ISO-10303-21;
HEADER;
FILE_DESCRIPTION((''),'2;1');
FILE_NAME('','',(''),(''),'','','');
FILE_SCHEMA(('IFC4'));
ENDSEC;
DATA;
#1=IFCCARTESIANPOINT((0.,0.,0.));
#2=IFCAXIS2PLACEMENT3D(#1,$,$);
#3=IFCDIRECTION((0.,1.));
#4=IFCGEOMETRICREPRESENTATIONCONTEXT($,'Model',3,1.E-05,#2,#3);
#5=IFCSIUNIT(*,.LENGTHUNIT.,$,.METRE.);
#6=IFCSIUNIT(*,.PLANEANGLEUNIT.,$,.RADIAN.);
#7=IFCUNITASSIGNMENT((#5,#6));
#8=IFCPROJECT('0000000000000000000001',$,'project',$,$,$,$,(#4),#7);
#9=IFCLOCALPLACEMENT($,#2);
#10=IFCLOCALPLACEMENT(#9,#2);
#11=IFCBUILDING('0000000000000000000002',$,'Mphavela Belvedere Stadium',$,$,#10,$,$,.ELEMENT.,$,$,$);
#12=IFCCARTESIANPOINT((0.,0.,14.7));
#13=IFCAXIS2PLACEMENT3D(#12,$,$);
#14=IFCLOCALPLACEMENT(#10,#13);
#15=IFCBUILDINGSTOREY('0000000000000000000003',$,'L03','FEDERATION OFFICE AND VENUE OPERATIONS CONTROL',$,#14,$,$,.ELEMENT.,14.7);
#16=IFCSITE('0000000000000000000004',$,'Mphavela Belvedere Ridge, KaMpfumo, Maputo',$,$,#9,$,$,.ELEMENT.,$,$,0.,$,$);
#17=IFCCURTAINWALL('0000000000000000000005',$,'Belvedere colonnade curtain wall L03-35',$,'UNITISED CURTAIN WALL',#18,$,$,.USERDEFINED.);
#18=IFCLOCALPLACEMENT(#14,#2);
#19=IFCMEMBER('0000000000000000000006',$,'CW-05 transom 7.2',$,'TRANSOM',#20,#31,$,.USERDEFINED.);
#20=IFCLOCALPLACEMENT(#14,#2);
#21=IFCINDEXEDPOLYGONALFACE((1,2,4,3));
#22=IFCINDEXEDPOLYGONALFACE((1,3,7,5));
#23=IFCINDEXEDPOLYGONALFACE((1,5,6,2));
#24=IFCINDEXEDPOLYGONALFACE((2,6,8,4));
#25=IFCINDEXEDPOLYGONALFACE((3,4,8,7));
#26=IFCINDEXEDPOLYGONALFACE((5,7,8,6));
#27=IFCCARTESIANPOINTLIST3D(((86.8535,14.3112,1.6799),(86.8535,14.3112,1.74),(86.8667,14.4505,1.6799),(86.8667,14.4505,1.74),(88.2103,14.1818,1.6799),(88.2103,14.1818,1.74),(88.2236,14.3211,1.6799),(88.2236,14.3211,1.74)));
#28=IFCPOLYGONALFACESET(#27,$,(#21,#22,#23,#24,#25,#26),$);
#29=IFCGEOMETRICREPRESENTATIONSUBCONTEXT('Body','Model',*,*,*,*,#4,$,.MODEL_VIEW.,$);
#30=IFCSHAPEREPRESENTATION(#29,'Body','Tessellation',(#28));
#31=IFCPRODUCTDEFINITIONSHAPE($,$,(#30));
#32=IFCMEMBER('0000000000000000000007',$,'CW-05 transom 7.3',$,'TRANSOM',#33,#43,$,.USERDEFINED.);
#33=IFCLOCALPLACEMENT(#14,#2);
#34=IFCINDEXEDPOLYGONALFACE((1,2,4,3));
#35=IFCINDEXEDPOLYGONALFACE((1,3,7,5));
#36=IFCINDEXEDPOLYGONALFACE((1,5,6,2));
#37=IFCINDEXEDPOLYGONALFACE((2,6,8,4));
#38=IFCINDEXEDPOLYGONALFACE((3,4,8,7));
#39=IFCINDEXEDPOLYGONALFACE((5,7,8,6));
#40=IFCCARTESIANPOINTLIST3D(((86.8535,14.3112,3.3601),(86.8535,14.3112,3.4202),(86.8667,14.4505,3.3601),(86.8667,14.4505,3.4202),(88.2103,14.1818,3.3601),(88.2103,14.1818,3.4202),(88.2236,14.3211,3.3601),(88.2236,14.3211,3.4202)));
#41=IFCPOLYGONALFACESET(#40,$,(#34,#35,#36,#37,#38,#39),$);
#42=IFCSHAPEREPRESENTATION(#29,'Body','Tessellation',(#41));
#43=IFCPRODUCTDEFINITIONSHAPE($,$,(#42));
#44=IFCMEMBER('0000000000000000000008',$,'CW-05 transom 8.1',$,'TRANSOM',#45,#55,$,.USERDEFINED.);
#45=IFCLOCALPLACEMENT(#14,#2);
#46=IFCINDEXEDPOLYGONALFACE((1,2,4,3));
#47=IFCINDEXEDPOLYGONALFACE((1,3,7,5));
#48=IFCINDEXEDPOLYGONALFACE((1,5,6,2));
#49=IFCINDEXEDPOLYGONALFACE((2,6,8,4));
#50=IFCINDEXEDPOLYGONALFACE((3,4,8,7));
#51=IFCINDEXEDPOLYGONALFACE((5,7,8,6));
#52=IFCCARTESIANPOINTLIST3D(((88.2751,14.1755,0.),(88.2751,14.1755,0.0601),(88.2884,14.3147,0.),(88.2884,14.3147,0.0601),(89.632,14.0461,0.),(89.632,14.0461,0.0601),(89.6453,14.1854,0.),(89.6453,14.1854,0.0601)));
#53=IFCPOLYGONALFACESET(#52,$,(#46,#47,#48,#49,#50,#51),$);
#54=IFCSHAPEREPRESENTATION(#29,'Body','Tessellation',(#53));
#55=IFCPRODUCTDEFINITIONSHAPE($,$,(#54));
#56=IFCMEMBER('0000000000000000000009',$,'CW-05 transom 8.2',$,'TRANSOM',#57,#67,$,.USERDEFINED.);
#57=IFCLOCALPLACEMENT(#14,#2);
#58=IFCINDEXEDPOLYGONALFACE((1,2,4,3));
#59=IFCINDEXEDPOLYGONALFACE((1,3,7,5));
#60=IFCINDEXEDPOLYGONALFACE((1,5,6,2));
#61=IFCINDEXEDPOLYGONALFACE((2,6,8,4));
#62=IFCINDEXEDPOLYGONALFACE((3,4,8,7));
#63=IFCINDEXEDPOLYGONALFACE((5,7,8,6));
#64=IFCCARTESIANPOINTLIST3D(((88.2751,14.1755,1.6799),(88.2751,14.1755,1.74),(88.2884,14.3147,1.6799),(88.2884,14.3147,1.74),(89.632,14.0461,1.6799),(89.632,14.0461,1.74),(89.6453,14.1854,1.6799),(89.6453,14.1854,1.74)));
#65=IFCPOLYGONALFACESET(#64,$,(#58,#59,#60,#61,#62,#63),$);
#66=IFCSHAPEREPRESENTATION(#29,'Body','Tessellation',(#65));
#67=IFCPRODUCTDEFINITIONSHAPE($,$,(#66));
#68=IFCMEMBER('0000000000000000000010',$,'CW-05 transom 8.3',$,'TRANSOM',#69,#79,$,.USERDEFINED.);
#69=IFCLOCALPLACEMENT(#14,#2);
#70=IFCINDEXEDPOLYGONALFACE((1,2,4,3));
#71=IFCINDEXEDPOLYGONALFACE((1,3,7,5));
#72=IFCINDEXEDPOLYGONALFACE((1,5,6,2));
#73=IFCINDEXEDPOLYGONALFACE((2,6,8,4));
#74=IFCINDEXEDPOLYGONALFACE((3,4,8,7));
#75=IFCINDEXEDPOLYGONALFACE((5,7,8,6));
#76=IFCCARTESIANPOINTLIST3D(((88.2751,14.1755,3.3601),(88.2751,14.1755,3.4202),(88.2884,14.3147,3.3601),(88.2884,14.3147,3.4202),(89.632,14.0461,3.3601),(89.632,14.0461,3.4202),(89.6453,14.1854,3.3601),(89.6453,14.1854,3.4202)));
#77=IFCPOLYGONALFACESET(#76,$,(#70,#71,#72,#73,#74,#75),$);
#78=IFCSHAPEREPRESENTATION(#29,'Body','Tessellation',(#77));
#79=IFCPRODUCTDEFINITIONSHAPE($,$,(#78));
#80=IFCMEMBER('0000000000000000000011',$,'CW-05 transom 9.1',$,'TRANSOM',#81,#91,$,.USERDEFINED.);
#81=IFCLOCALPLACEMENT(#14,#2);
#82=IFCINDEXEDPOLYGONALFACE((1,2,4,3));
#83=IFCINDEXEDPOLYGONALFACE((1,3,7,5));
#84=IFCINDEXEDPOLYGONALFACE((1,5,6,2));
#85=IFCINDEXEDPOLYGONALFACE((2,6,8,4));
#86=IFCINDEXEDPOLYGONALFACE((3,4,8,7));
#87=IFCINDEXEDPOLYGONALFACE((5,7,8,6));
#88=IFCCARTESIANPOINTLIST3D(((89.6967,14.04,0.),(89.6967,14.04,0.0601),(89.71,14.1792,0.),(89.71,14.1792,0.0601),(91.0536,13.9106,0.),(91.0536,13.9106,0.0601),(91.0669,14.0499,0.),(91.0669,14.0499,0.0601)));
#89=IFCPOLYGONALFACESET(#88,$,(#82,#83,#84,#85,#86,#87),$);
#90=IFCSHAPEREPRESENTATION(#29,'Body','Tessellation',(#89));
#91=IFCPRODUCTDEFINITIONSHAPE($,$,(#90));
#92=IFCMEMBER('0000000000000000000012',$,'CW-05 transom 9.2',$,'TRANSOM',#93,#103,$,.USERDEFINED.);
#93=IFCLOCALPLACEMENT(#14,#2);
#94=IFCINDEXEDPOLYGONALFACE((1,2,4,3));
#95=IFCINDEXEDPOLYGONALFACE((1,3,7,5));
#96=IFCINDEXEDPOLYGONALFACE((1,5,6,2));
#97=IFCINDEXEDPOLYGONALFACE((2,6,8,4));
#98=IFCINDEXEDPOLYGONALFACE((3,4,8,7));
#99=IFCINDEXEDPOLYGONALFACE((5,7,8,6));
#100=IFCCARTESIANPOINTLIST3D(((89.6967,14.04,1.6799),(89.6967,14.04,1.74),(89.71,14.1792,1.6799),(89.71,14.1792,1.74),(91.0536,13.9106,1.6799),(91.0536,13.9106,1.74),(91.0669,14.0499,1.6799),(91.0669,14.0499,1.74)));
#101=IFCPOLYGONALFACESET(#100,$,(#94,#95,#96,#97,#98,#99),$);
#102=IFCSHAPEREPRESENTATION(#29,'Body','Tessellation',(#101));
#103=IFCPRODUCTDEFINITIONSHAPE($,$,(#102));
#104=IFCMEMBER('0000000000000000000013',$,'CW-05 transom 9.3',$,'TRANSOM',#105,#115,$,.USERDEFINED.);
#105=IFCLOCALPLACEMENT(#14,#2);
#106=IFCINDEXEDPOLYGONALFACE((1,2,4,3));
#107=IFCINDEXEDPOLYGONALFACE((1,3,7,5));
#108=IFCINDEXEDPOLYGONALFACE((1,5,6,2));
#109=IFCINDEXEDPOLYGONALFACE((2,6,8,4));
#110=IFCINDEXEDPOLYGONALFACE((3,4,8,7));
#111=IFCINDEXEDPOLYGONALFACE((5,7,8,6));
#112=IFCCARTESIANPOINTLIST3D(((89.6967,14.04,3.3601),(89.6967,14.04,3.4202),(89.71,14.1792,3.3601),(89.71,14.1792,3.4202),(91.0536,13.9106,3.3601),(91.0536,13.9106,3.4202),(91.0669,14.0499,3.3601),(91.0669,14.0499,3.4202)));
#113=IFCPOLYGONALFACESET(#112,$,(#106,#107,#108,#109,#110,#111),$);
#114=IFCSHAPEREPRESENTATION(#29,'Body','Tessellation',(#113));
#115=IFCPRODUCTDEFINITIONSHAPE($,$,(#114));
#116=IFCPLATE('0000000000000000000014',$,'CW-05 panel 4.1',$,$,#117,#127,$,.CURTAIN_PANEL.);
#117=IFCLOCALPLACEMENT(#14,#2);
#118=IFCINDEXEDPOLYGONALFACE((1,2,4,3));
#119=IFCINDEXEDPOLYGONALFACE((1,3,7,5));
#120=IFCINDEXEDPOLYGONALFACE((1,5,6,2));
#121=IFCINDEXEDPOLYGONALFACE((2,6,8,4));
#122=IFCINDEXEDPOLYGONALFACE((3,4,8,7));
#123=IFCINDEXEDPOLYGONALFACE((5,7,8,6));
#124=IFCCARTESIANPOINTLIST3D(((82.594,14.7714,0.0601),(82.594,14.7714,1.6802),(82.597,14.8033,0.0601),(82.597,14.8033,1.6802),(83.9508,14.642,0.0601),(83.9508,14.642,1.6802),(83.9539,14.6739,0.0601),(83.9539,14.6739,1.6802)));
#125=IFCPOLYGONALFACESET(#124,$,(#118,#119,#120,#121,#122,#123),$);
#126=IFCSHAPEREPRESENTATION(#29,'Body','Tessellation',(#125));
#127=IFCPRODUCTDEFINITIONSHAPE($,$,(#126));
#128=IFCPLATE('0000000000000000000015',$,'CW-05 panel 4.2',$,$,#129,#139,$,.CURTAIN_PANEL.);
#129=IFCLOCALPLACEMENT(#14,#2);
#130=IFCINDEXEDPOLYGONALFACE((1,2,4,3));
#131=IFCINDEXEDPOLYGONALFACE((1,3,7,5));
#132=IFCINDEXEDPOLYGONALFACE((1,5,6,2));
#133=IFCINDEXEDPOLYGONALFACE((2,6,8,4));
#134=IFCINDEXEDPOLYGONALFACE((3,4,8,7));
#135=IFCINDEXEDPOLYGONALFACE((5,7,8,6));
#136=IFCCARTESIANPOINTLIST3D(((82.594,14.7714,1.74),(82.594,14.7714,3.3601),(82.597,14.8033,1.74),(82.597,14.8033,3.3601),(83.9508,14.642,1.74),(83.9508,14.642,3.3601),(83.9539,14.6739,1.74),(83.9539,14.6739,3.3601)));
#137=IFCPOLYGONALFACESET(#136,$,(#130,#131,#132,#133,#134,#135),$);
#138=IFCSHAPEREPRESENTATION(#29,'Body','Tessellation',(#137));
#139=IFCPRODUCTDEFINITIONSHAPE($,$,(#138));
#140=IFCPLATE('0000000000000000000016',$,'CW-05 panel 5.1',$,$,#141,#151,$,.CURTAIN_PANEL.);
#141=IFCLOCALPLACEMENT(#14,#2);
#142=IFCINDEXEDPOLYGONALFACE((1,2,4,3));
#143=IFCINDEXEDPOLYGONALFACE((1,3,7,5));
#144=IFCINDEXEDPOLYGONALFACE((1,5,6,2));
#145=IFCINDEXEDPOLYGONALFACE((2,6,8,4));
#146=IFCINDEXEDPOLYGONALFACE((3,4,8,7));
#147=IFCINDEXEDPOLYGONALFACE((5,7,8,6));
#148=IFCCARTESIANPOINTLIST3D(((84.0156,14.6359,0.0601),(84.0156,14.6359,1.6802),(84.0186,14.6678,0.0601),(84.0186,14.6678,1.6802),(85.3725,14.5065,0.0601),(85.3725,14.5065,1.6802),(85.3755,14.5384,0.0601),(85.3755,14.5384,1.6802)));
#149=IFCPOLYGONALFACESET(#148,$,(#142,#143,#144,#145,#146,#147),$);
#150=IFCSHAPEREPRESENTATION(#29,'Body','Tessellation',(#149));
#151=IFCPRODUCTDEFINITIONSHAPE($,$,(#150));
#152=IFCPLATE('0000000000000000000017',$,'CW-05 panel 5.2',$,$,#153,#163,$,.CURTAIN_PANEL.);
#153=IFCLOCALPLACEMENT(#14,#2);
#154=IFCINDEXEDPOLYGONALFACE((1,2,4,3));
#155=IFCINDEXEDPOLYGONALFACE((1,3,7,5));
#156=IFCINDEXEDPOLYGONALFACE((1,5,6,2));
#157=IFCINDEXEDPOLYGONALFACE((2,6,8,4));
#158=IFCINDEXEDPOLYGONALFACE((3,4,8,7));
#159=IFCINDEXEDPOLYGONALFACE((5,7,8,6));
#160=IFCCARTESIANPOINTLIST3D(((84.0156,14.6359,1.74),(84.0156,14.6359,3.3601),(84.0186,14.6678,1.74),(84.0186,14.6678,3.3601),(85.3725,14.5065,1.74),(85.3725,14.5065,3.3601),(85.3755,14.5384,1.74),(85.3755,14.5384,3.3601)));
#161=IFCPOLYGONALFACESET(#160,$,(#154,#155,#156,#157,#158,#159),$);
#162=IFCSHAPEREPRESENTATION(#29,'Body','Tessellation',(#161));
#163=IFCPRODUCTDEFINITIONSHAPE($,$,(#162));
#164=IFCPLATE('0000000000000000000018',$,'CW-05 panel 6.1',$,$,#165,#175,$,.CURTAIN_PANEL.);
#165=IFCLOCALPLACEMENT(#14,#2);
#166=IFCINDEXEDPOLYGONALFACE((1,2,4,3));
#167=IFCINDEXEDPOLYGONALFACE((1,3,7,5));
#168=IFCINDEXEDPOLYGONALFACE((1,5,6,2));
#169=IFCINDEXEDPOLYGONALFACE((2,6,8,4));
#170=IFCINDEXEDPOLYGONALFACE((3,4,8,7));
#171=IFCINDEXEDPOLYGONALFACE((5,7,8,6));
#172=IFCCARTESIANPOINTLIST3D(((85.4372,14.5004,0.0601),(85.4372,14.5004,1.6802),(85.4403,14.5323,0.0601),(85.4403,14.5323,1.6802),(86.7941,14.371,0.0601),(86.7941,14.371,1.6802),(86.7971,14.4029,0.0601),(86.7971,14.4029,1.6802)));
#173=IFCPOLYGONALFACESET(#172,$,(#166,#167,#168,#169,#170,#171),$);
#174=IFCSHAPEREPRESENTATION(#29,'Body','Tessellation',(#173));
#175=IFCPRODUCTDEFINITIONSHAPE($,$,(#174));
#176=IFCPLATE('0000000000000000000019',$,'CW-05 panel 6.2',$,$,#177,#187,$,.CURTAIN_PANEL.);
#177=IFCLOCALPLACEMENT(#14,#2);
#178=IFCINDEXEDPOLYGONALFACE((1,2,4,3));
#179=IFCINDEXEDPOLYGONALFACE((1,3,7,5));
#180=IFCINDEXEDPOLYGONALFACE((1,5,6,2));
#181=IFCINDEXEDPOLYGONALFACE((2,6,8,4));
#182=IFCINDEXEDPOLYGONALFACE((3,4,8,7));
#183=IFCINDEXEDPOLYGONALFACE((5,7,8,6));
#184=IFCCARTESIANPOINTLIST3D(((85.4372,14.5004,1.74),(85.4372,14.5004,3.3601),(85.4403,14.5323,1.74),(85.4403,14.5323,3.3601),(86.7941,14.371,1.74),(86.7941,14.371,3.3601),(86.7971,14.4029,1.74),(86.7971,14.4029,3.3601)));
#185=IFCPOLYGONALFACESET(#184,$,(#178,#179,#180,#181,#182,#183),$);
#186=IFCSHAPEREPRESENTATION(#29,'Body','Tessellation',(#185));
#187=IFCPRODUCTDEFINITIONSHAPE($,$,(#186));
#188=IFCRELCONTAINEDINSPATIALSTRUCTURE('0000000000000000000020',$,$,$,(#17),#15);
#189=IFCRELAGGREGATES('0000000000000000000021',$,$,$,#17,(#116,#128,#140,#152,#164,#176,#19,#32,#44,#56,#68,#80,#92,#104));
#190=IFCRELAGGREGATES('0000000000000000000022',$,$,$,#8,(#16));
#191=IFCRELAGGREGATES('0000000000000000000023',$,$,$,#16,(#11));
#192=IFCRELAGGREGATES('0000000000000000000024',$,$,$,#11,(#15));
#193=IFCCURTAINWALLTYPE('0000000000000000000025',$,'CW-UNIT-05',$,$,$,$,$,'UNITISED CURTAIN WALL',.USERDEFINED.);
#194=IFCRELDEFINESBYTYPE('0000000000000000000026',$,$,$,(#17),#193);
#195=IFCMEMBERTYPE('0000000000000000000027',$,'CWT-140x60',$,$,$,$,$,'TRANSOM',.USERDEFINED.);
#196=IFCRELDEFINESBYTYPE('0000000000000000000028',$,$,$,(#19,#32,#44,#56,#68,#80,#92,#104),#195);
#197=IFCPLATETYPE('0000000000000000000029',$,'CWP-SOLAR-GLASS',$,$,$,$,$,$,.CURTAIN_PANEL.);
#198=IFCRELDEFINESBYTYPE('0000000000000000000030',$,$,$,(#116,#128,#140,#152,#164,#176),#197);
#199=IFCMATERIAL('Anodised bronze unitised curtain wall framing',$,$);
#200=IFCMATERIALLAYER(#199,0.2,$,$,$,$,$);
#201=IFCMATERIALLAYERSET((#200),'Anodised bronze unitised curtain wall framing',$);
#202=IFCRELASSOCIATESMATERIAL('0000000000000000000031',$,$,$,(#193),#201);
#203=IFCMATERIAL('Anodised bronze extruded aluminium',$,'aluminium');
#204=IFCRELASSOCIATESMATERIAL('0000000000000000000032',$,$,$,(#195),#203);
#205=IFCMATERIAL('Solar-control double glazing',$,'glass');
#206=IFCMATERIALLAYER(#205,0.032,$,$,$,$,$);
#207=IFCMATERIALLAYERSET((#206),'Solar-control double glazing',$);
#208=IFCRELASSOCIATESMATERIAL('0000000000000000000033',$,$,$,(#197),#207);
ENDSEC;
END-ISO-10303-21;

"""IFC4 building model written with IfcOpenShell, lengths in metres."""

from ifc_helpers import new_model, si_unit, direction, frame, origin, origin_2d, place, context, subcontext, project, spatial, rectangle, extrude, material, layer, layer_set, material_profile, profile_set, type_object, element, aggregate, save


model = new_model("IFC4")

# Units and contexts
model_context = context("Model", 3, precision=1e-05, world=origin(), true_north=direction((0.0, 1.0)))
body_context = subcontext(model_context, "Body", "Model", "MODEL_VIEW")
ifc_project = project(units=[si_unit("LENGTHUNIT", "METRE"), si_unit("PLANEANGLEUNIT", "RADIAN")], contexts=[model_context])

# Site, building, storey
site_placement = place(None, origin())
site = spatial("IfcSite", under=ifc_project, at=site_placement, Name="Mphavela Belvedere Ridge, KaMpfumo, Maputo", CompositionType="ELEMENT", RefElevation=0.0)
building_placement = place(site_placement, origin())
building = spatial("IfcBuilding", under=site, at=building_placement, Name="Mphavela Belvedere Stadium", CompositionType="ELEMENT")
storey_placement = place(building_placement, frame((0.0, 0.0, 14.7)))
storey = spatial("IfcBuildingStorey", under=building, at=storey_placement, Name="L03", Description="FEDERATION OFFICE AND VENUE OPERATIONS CONTROL", CompositionType="ELEMENT", Elevation=14.7)

# Curtain wall, members, plates
ifc_material_1 = material(Name="Anodised bronze unitised curtain wall framing")
ifc_layer_1 = layer(ifc_material_1, 0.2)
ifc_layer_set_1 = layer_set([ifc_layer_1], Name="Anodised bronze unitised curtain wall framing")
curtain_wall_type = type_object("IfcCurtainWallType", Name="CW-UNIT-05", ElementType="UNITISED CURTAIN WALL", PredefinedType="USERDEFINED", material=ifc_layer_set_1)
curtain_wall_placement = place(storey_placement, origin())
curtain_wall = element("IfcCurtainWall", 1, at=curtain_wall_placement, inside=storey, type_object=curtain_wall_type, Name="Belvedere colonnade curtain wall L03-35", ObjectType="UNITISED CURTAIN WALL", PredefinedType="USERDEFINED")
ifc_material_2 = material(Name="Anodised bronze extruded aluminium", Category="aluminium")
ifc_material_profile_1 = material_profile(ifc_material_2, rectangle(XDim=0.1399, YDim=0.0601, at=origin_2d()), Name="CW-TRN 140x60")
ifc_profile_set_1 = profile_set([ifc_material_profile_1], Name="Anodised bronze extruded aluminium")
member_type_1 = type_object("IfcMemberType", Name="CWT-140x60", ElementType="TRANSOM", PredefinedType="USERDEFINED", material=ifc_profile_set_1)
member_1_placement = place(storey_placement, frame((86.8601, 14.3809, 1.71), z_axis=(0.995484, -0.094927, 0.0), x_axis=(0.094927, 0.995484, 0.0)))
member_1 = element("IfcMember", 2, at=member_1_placement, type_object=member_type_1, Name="CW-05 transom 7.2", ObjectType="TRANSOM", PredefinedType="USERDEFINED", context=body_context, shape_type="SweptSolid", body=[
    extrude(rectangle(XDim=0.1399, YDim=0.0601, at=origin_2d()), origin(), (0.0, 0.0, 1.0), 1.363),
])
member_2_placement = place(storey_placement, frame((86.8601, 14.3809, 3.3901), z_axis=(0.995484, -0.094927, 0.0), x_axis=(0.094927, 0.995484, 0.0)))
member_2 = element("IfcMember", 3, at=member_2_placement, type_object=member_type_1, Name="CW-05 transom 7.3", ObjectType="TRANSOM", PredefinedType="USERDEFINED", context=body_context, shape_type="SweptSolid", body=[
    extrude(rectangle(XDim=0.1399, YDim=0.0601, at=origin_2d()), origin(), (0.0, 0.0, 1.0), 1.363),
])
member_3_placement = place(storey_placement, frame((88.2817, 14.2451, 0.03), z_axis=(0.995484, -0.094927, 0.0), x_axis=(0.094927, 0.995484, 0.0)))
member_3 = element("IfcMember", 4, at=member_3_placement, type_object=member_type_1, Name="CW-05 transom 8.1", ObjectType="TRANSOM", PredefinedType="USERDEFINED", context=body_context, shape_type="SweptSolid", body=[
    extrude(rectangle(XDim=0.1399, YDim=0.0601, at=origin_2d()), origin(), (0.0, 0.0, 1.0), 1.363),
])
member_4_placement = place(storey_placement, frame((88.2817, 14.2451, 1.71), z_axis=(0.995484, -0.094927, 0.0), x_axis=(0.094927, 0.995484, 0.0)))
member_4 = element("IfcMember", 5, at=member_4_placement, type_object=member_type_1, Name="CW-05 transom 8.2", ObjectType="TRANSOM", PredefinedType="USERDEFINED", context=body_context, shape_type="SweptSolid", body=[
    extrude(rectangle(XDim=0.1399, YDim=0.0601, at=origin_2d()), origin(), (0.0, 0.0, 1.0), 1.363),
])
member_5_placement = place(storey_placement, frame((88.2817, 14.2451, 3.3901), z_axis=(0.995484, -0.094927, 0.0), x_axis=(0.094927, 0.995484, 0.0)))
member_5 = element("IfcMember", 6, at=member_5_placement, type_object=member_type_1, Name="CW-05 transom 8.3", ObjectType="TRANSOM", PredefinedType="USERDEFINED", context=body_context, shape_type="SweptSolid", body=[
    extrude(rectangle(XDim=0.1399, YDim=0.0601, at=origin_2d()), origin(), (0.0, 0.0, 1.0), 1.363),
])
member_6_placement = place(storey_placement, frame((89.7034, 14.1096, 0.03), z_axis=(0.995484, -0.094927, 0.0), x_axis=(0.094927, 0.995484, 0.0)))
member_6 = element("IfcMember", 7, at=member_6_placement, type_object=member_type_1, Name="CW-05 transom 9.1", ObjectType="TRANSOM", PredefinedType="USERDEFINED", context=body_context, shape_type="SweptSolid", body=[
    extrude(rectangle(XDim=0.1399, YDim=0.0601, at=origin_2d()), origin(), (0.0, 0.0, 1.0), 1.363),
])
member_7_placement = place(storey_placement, frame((89.7034, 14.1096, 1.71), z_axis=(0.995484, -0.094927, 0.0), x_axis=(0.094927, 0.995484, 0.0)))
member_7 = element("IfcMember", 8, at=member_7_placement, type_object=member_type_1, Name="CW-05 transom 9.2", ObjectType="TRANSOM", PredefinedType="USERDEFINED", context=body_context, shape_type="SweptSolid", body=[
    extrude(rectangle(XDim=0.1399, YDim=0.0601, at=origin_2d()), origin(), (0.0, 0.0, 1.0), 1.363),
])
member_8_placement = place(storey_placement, frame((89.7034, 14.1096, 3.3901), z_axis=(0.995484, -0.094927, 0.0), x_axis=(0.094927, 0.995484, 0.0)))
member_8 = element("IfcMember", 9, at=member_8_placement, type_object=member_type_1, Name="CW-05 transom 9.3", ObjectType="TRANSOM", PredefinedType="USERDEFINED", context=body_context, shape_type="SweptSolid", body=[
    extrude(rectangle(XDim=0.1399, YDim=0.0601, at=origin_2d()), origin(), (0.0, 0.0, 1.0), 1.363),
])
ifc_material_3 = material(Name="Solar-control double glazing", Category="glass")
ifc_layer_2 = layer(ifc_material_3, 0.032)
ifc_layer_set_2 = layer_set([ifc_layer_2], Name="Solar-control double glazing")
plate_type = type_object("IfcPlateType", Name="CWP-SOLAR-GLASS", PredefinedType="CURTAIN_PANEL", material=ifc_layer_set_2)
plate_1_placement = place(storey_placement, frame((83.2739, 14.7227, 0.0601), z_axis=(0.0, 0.0, 1.0), x_axis=(0.995484, -0.094929, 0.0)))
plate_1 = element("IfcPlate", 10, at=plate_1_placement, type_object=plate_type, Name="CW-05 panel 4.1", PredefinedType="CURTAIN_PANEL", context=body_context, shape_type="SweptSolid", body=[
    extrude(rectangle(XDim=1.363, YDim=0.032, at=origin_2d()), origin(), (0.0, 0.0, 1.0), 1.6201),
])
plate_2_placement = place(storey_placement, frame((83.2739, 14.7227, 1.74), z_axis=(0.0, 0.0, 1.0), x_axis=(0.995484, -0.094929, 0.0)))
plate_2 = element("IfcPlate", 11, at=plate_2_placement, type_object=plate_type, Name="CW-05 panel 4.2", PredefinedType="CURTAIN_PANEL", context=body_context, shape_type="SweptSolid", body=[
    extrude(rectangle(XDim=1.363, YDim=0.032, at=origin_2d()), origin(), (0.0, 0.0, 1.0), 1.6201),
])
plate_3_placement = place(storey_placement, frame((84.6956, 14.5872, 0.0601), z_axis=(0.0, 0.0, 1.0), x_axis=(0.995484, -0.094929, 0.0)))
plate_3 = element("IfcPlate", 12, at=plate_3_placement, type_object=plate_type, Name="CW-05 panel 5.1", PredefinedType="CURTAIN_PANEL", context=body_context, shape_type="SweptSolid", body=[
    extrude(rectangle(XDim=1.363, YDim=0.032, at=origin_2d()), origin(), (0.0, 0.0, 1.0), 1.6201),
])
plate_4_placement = place(storey_placement, frame((84.6956, 14.5872, 1.74), z_axis=(0.0, 0.0, 1.0), x_axis=(0.995484, -0.094929, 0.0)))
plate_4 = element("IfcPlate", 13, at=plate_4_placement, type_object=plate_type, Name="CW-05 panel 5.2", PredefinedType="CURTAIN_PANEL", context=body_context, shape_type="SweptSolid", body=[
    extrude(rectangle(XDim=1.363, YDim=0.032, at=origin_2d()), origin(), (0.0, 0.0, 1.0), 1.6201),
])
plate_5_placement = place(storey_placement, frame((86.1172, 14.4517, 0.0601), z_axis=(0.0, 0.0, 1.0), x_axis=(0.995484, -0.094929, 0.0)))
plate_5 = element("IfcPlate", 14, at=plate_5_placement, type_object=plate_type, Name="CW-05 panel 6.1", PredefinedType="CURTAIN_PANEL", context=body_context, shape_type="SweptSolid", body=[
    extrude(rectangle(XDim=1.363, YDim=0.032, at=origin_2d()), origin(), (0.0, 0.0, 1.0), 1.6201),
])
plate_6_placement = place(storey_placement, frame((86.1172, 14.4517, 1.74), z_axis=(0.0, 0.0, 1.0), x_axis=(0.995484, -0.094929, 0.0)))
plate_6 = element("IfcPlate", 15, at=plate_6_placement, type_object=plate_type, Name="CW-05 panel 6.2", PredefinedType="CURTAIN_PANEL", context=body_context, shape_type="SweptSolid", body=[
    extrude(rectangle(XDim=1.363, YDim=0.032, at=origin_2d()), origin(), (0.0, 0.0, 1.0), 1.6201),
])
aggregate(curtain_wall, [plate_1, plate_2, plate_3, plate_4, plate_5, plate_6, member_1, member_2, member_3, member_4, member_5, member_6, member_7, member_8])

save(model, "model.ifc")
